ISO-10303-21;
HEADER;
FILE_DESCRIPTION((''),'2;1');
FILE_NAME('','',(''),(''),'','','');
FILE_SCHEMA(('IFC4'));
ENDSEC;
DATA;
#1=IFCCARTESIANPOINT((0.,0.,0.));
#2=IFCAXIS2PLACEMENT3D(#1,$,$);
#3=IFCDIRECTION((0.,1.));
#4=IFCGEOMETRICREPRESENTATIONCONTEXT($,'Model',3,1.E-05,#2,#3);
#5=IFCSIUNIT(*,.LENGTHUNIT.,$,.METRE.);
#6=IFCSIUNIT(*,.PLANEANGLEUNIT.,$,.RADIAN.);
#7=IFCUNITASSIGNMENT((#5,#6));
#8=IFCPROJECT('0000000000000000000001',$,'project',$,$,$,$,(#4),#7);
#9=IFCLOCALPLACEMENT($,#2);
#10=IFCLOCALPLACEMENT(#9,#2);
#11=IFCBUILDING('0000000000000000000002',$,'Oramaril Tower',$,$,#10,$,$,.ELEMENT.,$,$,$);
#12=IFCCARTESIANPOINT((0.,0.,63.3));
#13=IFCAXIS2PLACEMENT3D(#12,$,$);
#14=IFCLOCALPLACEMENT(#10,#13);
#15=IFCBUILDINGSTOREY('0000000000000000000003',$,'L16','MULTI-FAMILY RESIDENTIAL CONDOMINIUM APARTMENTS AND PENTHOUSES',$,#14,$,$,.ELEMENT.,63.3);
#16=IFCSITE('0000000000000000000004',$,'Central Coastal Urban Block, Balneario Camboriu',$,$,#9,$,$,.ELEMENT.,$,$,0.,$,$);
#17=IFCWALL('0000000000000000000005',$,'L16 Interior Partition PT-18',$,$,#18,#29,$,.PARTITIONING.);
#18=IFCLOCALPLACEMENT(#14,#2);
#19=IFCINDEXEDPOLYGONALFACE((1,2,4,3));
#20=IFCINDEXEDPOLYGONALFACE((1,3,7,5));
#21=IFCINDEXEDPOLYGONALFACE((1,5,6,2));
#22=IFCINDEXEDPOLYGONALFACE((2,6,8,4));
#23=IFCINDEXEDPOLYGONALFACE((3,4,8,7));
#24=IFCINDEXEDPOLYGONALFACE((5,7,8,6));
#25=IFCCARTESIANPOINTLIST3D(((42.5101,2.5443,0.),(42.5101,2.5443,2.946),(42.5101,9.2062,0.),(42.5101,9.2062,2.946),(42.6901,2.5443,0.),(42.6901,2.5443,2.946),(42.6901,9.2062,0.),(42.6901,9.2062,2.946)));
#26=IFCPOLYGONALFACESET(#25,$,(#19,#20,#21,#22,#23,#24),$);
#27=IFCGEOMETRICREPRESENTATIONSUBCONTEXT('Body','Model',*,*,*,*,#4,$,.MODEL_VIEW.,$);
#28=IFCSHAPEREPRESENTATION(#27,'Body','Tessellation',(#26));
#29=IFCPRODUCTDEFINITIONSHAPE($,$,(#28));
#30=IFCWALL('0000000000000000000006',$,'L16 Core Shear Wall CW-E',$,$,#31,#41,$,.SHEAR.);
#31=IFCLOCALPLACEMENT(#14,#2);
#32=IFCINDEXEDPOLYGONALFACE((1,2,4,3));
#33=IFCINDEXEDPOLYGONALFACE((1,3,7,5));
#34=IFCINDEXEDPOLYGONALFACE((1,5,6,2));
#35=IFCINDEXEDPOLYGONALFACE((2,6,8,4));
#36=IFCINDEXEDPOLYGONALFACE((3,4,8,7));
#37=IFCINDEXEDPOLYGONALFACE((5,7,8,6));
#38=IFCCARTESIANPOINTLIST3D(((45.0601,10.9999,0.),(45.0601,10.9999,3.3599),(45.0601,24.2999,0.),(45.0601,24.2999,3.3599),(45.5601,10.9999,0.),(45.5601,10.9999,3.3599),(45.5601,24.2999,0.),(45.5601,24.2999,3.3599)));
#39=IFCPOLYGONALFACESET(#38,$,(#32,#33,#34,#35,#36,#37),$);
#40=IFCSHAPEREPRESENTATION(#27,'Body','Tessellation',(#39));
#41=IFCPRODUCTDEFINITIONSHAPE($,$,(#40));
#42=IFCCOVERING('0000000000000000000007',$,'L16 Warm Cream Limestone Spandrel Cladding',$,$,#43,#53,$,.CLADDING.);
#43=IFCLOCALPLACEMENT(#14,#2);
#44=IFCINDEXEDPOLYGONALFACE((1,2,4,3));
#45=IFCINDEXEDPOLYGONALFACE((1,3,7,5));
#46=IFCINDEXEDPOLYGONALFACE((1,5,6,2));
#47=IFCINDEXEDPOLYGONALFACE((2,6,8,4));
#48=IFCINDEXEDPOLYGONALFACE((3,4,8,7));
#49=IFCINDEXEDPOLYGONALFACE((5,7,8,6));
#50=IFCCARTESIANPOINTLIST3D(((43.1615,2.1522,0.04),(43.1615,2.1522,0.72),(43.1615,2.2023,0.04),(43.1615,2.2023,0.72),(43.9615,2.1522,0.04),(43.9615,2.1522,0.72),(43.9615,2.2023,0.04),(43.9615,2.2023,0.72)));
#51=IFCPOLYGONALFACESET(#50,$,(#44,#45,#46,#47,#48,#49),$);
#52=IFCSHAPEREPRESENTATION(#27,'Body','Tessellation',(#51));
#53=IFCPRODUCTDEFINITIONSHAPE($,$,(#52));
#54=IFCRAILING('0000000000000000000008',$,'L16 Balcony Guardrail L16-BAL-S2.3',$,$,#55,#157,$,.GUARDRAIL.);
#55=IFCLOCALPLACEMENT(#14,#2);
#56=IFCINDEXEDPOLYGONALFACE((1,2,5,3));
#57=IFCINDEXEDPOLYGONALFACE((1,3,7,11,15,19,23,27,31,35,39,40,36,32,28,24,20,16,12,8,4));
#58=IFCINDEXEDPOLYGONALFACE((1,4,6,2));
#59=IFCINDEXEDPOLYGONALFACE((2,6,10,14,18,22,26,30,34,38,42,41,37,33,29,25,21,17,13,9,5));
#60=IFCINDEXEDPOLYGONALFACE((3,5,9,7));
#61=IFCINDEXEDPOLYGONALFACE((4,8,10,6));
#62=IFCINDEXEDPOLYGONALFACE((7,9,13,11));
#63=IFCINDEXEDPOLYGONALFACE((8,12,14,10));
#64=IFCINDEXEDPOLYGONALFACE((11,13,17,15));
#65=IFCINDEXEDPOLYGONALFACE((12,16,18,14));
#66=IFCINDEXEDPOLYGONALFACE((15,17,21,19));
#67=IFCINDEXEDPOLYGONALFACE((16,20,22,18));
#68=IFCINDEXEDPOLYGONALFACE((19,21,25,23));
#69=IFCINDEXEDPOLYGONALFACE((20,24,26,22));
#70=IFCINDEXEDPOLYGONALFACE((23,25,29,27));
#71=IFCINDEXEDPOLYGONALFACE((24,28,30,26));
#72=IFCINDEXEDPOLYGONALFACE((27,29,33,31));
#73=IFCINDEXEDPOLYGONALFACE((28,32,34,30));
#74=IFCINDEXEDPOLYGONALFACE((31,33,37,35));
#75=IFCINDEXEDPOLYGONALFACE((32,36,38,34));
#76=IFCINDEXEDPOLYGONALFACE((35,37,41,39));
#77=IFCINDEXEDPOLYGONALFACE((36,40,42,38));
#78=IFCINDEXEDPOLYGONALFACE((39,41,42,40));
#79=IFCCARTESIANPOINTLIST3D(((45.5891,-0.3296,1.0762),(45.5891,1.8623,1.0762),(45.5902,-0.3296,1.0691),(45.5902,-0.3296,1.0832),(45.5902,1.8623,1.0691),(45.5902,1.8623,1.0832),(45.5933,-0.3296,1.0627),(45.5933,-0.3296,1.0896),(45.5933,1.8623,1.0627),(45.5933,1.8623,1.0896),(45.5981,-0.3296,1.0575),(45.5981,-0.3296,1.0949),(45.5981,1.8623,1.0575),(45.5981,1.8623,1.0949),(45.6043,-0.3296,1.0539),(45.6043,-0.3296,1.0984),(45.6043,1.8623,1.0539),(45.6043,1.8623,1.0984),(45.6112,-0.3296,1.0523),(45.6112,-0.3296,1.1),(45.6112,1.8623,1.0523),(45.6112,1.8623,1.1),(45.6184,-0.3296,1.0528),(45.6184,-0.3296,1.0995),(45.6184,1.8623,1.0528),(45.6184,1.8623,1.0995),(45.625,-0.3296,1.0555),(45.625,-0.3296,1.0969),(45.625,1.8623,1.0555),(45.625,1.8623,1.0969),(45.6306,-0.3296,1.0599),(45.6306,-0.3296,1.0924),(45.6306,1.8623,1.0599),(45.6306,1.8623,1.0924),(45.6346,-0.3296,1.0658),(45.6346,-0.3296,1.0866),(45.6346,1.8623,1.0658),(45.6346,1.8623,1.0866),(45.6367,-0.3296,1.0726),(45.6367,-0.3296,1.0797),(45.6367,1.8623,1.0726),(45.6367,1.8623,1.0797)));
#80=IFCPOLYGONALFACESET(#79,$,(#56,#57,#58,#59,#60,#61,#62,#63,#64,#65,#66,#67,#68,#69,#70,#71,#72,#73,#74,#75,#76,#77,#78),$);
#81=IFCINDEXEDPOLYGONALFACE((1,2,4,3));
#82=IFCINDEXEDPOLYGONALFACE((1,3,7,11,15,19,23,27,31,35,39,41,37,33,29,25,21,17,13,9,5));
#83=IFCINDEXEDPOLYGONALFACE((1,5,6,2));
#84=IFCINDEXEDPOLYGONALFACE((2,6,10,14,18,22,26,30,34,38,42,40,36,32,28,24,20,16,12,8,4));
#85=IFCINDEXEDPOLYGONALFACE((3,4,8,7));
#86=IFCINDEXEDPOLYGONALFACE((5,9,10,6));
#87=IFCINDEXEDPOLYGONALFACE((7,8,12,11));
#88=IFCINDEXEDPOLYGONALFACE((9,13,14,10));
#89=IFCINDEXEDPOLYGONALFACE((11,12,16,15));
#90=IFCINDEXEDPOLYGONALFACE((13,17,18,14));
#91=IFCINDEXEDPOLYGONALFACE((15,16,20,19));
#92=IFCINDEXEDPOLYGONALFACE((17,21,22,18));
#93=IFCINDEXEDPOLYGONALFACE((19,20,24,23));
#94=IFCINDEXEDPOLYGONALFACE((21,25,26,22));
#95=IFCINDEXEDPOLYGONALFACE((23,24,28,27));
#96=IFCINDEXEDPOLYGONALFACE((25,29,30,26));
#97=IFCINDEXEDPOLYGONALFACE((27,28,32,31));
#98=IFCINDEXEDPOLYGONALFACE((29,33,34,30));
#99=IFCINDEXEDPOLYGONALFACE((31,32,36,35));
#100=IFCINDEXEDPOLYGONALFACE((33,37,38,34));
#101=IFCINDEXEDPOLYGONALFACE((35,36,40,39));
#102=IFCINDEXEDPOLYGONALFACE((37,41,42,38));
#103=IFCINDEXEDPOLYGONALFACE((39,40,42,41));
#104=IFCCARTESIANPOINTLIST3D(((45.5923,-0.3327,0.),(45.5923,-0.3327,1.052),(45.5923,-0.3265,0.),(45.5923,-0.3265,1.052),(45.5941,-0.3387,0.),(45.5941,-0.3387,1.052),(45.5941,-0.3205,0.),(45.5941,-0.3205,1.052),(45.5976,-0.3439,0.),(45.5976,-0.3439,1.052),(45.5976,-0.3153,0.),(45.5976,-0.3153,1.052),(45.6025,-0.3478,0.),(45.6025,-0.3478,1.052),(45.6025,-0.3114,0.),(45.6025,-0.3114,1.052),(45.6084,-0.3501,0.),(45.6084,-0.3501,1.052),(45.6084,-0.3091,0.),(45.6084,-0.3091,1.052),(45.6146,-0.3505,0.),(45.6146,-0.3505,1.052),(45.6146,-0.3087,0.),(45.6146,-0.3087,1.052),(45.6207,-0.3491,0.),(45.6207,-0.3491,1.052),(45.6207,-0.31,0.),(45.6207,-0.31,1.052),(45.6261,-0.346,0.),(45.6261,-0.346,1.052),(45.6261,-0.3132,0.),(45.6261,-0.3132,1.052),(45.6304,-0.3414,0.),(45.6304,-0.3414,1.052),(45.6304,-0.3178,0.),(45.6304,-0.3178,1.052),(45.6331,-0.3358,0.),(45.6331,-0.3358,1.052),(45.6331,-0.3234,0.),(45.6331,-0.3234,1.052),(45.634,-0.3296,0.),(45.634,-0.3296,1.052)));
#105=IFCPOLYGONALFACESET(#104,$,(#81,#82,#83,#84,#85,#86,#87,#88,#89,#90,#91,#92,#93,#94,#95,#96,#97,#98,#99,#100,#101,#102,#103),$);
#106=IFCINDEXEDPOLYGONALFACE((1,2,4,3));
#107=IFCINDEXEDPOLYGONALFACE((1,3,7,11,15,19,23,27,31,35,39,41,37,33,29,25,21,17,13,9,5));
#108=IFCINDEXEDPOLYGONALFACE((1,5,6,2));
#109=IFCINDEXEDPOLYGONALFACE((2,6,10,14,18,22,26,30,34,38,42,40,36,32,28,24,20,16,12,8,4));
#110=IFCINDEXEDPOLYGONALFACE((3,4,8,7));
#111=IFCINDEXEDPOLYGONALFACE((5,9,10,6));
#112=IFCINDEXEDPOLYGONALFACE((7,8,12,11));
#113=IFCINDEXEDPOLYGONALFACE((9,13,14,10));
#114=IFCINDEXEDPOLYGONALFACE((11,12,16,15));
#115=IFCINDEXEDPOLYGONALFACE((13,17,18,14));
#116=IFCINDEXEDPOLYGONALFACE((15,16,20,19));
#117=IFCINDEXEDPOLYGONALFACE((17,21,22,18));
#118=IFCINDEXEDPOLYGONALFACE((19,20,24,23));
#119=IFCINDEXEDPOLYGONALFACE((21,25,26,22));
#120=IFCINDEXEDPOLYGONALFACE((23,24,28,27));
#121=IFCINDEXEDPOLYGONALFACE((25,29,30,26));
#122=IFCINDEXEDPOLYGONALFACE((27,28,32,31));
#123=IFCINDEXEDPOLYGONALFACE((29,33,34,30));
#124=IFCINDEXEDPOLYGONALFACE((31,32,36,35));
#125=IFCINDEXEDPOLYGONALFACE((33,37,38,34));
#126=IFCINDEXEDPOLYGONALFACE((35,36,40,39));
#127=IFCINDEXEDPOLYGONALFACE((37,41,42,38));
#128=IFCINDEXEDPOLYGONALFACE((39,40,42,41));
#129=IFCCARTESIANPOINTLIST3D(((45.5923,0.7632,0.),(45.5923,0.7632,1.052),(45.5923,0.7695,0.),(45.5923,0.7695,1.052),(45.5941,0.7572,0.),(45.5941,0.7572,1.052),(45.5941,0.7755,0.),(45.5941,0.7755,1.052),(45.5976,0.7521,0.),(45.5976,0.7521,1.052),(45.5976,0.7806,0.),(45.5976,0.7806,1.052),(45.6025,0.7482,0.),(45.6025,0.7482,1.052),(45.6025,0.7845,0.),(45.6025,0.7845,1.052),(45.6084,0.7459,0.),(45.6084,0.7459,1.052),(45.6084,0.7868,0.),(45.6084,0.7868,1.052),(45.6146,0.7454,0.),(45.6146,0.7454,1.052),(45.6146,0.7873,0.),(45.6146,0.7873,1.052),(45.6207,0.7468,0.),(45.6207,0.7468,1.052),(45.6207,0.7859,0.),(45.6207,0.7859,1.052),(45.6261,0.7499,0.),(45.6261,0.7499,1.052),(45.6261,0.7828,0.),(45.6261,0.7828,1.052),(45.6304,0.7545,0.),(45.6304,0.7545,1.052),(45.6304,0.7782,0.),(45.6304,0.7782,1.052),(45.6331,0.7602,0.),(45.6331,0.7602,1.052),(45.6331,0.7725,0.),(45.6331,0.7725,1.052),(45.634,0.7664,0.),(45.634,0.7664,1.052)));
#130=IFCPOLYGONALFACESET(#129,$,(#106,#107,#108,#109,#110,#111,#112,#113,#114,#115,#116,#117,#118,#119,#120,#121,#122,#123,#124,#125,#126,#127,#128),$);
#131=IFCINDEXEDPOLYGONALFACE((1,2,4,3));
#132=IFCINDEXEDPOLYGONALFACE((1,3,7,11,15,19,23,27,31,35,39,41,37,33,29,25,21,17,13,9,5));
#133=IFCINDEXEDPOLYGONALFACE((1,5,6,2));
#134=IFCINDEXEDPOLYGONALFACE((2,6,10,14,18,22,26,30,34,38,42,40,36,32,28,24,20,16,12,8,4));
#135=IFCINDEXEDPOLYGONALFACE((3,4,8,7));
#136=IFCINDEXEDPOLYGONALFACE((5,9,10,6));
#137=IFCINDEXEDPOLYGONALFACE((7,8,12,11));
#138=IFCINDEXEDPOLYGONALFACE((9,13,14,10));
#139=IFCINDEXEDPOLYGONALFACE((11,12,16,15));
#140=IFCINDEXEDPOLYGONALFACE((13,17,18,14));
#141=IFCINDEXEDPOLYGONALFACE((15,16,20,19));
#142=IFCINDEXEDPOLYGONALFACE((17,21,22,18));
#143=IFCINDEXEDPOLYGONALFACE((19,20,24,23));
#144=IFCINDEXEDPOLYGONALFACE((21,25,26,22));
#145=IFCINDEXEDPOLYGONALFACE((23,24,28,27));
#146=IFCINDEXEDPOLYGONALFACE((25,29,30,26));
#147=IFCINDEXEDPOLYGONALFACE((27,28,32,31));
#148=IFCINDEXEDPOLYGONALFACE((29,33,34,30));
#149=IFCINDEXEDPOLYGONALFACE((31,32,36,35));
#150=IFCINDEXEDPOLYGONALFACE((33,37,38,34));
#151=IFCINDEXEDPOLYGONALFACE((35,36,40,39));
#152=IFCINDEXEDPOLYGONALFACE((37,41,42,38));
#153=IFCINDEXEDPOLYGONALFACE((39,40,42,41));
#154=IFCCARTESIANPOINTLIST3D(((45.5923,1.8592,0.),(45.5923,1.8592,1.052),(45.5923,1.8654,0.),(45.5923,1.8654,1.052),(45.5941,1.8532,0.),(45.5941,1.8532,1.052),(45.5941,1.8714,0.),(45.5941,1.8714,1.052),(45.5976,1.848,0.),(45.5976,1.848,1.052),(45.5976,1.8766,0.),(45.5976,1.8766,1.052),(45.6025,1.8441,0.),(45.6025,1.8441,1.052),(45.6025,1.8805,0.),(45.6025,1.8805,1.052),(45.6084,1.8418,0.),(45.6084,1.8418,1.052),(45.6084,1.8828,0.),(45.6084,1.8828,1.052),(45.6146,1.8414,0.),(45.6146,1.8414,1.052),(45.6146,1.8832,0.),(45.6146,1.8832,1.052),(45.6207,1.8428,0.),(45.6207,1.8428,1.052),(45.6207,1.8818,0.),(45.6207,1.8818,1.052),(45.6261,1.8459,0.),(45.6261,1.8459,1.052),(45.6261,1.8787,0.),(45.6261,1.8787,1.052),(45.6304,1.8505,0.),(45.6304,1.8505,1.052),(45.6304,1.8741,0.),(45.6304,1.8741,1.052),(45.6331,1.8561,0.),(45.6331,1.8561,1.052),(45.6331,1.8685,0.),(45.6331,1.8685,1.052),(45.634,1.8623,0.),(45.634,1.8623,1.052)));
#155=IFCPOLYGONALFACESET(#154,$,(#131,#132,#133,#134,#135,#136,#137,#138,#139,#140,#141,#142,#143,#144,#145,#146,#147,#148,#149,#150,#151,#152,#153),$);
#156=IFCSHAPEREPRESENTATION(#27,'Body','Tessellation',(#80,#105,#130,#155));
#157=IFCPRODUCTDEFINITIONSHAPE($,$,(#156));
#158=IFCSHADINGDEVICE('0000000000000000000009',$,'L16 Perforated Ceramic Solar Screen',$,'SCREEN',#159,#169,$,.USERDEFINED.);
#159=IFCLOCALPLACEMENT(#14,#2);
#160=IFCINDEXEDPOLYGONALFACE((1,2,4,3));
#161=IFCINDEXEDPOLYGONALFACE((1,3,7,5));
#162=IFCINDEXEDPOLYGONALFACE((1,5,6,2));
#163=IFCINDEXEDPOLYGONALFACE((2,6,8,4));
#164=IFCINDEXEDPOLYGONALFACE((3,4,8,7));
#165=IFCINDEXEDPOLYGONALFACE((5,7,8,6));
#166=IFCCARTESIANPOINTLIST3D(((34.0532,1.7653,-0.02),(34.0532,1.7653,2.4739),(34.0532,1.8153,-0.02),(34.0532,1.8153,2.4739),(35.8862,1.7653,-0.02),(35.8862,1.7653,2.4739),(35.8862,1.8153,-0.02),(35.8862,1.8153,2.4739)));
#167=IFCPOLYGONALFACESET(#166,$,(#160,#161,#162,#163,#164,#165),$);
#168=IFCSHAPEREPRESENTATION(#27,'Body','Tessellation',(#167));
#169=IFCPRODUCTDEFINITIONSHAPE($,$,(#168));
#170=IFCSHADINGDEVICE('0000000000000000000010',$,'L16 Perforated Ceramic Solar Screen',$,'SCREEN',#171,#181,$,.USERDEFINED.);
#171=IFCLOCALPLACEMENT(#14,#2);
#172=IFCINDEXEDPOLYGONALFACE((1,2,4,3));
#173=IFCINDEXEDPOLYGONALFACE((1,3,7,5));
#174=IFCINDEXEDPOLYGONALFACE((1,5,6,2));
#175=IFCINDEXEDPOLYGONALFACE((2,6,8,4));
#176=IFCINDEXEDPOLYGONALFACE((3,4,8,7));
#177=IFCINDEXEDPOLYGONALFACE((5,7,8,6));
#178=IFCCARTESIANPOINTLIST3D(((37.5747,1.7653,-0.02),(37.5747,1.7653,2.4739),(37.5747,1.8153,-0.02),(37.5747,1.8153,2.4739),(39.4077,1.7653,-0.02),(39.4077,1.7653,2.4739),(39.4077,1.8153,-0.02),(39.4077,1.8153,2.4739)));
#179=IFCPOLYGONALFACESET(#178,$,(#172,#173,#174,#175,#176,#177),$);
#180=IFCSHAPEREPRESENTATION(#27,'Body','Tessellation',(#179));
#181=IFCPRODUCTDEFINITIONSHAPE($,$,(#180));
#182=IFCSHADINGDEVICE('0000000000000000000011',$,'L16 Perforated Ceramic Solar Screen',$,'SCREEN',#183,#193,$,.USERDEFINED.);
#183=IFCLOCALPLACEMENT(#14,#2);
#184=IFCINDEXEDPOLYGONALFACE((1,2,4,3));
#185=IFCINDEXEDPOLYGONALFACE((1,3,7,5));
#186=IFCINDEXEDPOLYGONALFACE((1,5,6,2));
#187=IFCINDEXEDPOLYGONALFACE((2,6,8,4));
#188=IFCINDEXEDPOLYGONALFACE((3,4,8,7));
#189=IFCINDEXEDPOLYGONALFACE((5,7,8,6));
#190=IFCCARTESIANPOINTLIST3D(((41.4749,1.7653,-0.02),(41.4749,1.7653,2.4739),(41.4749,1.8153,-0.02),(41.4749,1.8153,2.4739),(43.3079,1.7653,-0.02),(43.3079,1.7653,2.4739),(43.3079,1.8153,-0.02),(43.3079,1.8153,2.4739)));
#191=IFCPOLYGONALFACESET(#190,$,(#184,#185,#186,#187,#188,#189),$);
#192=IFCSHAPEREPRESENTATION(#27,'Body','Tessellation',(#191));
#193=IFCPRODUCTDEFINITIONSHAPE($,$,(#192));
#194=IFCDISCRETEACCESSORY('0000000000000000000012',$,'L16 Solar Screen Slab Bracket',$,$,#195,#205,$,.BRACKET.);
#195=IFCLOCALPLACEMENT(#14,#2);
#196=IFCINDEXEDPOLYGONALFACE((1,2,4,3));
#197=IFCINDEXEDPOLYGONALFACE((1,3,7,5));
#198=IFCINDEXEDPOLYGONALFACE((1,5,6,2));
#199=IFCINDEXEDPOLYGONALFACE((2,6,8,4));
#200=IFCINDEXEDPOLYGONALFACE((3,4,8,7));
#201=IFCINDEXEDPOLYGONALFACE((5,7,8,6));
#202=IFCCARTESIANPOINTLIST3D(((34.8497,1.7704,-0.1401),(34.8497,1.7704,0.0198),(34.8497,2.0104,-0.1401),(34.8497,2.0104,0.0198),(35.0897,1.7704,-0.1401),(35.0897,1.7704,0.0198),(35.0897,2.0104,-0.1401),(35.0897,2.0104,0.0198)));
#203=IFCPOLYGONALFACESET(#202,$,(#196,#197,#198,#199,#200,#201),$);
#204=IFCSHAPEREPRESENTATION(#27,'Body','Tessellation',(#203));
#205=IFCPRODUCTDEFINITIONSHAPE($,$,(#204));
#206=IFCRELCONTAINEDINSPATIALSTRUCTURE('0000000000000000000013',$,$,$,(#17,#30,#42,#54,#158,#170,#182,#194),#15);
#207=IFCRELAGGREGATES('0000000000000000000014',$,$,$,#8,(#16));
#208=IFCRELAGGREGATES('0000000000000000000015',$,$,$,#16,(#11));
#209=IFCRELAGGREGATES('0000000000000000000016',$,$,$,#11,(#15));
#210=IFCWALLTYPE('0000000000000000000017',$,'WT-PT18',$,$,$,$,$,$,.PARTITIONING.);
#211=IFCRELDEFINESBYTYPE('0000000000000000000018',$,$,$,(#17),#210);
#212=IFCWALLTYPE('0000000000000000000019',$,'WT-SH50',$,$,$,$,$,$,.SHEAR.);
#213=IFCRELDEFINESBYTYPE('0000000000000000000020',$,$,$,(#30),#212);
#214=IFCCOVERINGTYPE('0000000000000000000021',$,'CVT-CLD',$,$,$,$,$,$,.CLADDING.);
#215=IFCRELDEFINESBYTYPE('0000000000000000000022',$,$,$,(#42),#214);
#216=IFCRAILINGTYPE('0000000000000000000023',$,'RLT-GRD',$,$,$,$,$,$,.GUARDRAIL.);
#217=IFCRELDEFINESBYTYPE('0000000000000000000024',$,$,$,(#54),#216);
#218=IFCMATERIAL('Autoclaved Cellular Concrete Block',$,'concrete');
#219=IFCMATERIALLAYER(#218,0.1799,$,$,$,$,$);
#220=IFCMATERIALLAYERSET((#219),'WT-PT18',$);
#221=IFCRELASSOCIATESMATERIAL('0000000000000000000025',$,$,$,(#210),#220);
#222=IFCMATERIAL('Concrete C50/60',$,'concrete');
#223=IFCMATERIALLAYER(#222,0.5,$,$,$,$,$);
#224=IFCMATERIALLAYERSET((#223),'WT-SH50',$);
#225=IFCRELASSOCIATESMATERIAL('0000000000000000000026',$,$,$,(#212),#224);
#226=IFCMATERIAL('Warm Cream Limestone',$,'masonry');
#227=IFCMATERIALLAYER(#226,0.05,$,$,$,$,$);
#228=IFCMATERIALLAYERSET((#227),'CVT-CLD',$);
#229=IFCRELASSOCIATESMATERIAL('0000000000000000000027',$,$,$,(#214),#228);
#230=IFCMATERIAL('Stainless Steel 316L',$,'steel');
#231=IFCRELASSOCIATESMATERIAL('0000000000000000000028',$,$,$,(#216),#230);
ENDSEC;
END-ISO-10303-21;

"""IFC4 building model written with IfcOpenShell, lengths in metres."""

from ifc_helpers import new_model, si_unit, direction, frame, frame_2d, origin, origin_2d, place, context, subcontext, project, spatial, rectangle, circle, extrude, material, layer, layer_set, type_object, element, save


model = new_model("IFC4")

# Units and contexts
model_context = context("Model", 3, precision=1e-05, world=origin(), true_north=direction((0.0, 1.0)))
body_context = subcontext(model_context, "Body", "Model", "MODEL_VIEW")
ifc_project = project(units=[si_unit("LENGTHUNIT", "METRE"), si_unit("PLANEANGLEUNIT", "RADIAN")], contexts=[model_context])

# Site, building, storey
site_placement = place(None, origin())
site = spatial("IfcSite", under=ifc_project, at=site_placement, Name="Central Coastal Urban Block, Balneario Camboriu", CompositionType="ELEMENT", RefElevation=0.0)
building_placement = place(site_placement, origin())
building = spatial("IfcBuilding", under=site, at=building_placement, Name="Oramaril Tower", CompositionType="ELEMENT")
storey_placement = place(building_placement, frame((0.0, 0.0, 63.3)))
storey = spatial("IfcBuildingStorey", under=building, at=storey_placement, Name="L16", Description="MULTI-FAMILY RESIDENTIAL CONDOMINIUM APARTMENTS AND PENTHOUSES", CompositionType="ELEMENT", Elevation=63.3)

# Walls
ifc_material_1 = material(Name="Autoclaved Cellular Concrete Block", Category="concrete")
ifc_layer_1 = layer(ifc_material_1, 0.1799)
ifc_layer_set_1 = layer_set([ifc_layer_1], Name="WT-PT18")
wall_type_1 = type_object("IfcWallType", Name="WT-PT18", PredefinedType="PARTITIONING", material=ifc_layer_set_1)
wall_1_placement = place(storey_placement, frame((42.6001, 2.5442, 0.0), z_axis=(0.0, 0.0, 1.0), x_axis=(0.0, 1.0, 0.0)))
element("IfcWall", 1, at=wall_1_placement, inside=storey, type_object=wall_type_1, Name="L16 Interior Partition PT-18", PredefinedType="PARTITIONING", context=body_context, shape_type="SweptSolid", body=[
    extrude(rectangle(XDim=6.6619, YDim=0.1799, at=frame_2d((3.3311, 0.0))), origin(), (0.0, 0.0, 1.0), 2.946),
])
ifc_material_2 = material(Name="Concrete C50/60", Category="concrete")
ifc_layer_2 = layer(ifc_material_2, 0.5)
ifc_layer_set_2 = layer_set([ifc_layer_2], Name="WT-SH50")
wall_type_2 = type_object("IfcWallType", Name="WT-SH50", PredefinedType="SHEAR", material=ifc_layer_set_2)
wall_2_placement = place(storey_placement, frame((45.3101, 11.0, 0.0), z_axis=(0.0, 0.0, 1.0), x_axis=(0.0, 1.0, 0.0)))
element("IfcWall", 2, at=wall_2_placement, inside=storey, type_object=wall_type_2, Name="L16 Core Shear Wall CW-E", PredefinedType="SHEAR", context=body_context, shape_type="SweptSolid", body=[
    extrude(rectangle(XDim=13.3, YDim=0.5, at=frame_2d((6.6499, 0.0))), origin(), (0.0, 0.0, 1.0), 3.3599),
])

# Covering
ifc_material_3 = material(Name="Warm Cream Limestone", Category="masonry")
ifc_layer_3 = layer(ifc_material_3, 0.05)
ifc_layer_set_3 = layer_set([ifc_layer_3], Name="CVT-CLD")
covering_type = type_object("IfcCoveringType", Name="CVT-CLD", PredefinedType="CLADDING", material=ifc_layer_set_3)
covering_placement = place(storey_placement, frame((43.5615, 2.1772, 0.04), z_axis=(0.0, 0.0, 1.0), x_axis=(1.0, 0.0, 0.0)))
element("IfcCovering", 3, at=covering_placement, inside=storey, type_object=covering_type, Name="L16 Warm Cream Limestone Spandrel Cladding", PredefinedType="CLADDING", context=body_context, shape_type="SweptSolid", body=[
    extrude(rectangle(XDim=0.8, YDim=0.05, at=origin_2d()), origin(), (0.0, 0.0, 1.0), 0.6799),
])

# Railing
ifc_material_4 = material(Name="Stainless Steel 316L", Category="steel")
railing_type = type_object("IfcRailingType", Name="RLT-GRD", PredefinedType="GUARDRAIL", material=ifc_material_4)
railing_placement = place(storey_placement, frame((45.613, -0.3296, 0.0)))
element("IfcRailing", 4, at=railing_placement, inside=storey, type_object=railing_type, Name="L16 Balcony Guardrail L16-BAL-S2.3", PredefinedType="GUARDRAIL", context=body_context, shape_type="SweptSolid", body=[
    extrude(circle(Radius=0.0239, at=origin_2d()), frame((0.0, 0.0, 1.0762), z_axis=(0.0, 1.0, 0.0), x_axis=(-1.0, 0.0, 0.0)), (0.0, 0.0, 1.0), 2.1919),
    extrude(circle(Radius=0.021, at=origin_2d()), origin(), (0.0, 0.0, 1.0), 1.052),
    extrude(circle(Radius=0.021, at=origin_2d()), frame((0.0, 1.0959, 0.0)), (0.0, 0.0, 1.0), 1.052),
    extrude(circle(Radius=0.021, at=origin_2d()), frame((0.0, 2.1919, 0.0)), (0.0, 0.0, 1.0), 1.052),
])

# Shading devices
for number, where, z_axis, x_axis, name in (
    (5, (34.9697, 1.7903, -0.02), (0.0, 0.0, 1.0), (1.0, 0.0, 0.0), "L16 Perforated Ceramic Solar Screen"),
    (6, (38.4912, 1.7903, -0.02), (0.0, 0.0, 1.0), (1.0, 0.0, 0.0), "L16 Perforated Ceramic Solar Screen"),
    (7, (42.3914, 1.7903, -0.02), (0.0, 0.0, 1.0), (1.0, 0.0, 0.0), "L16 Perforated Ceramic Solar Screen"),
):
    element("IfcShadingDevice", number, at=place(storey_placement, frame(where, z_axis=z_axis, x_axis=x_axis)), inside=storey, Name=name, ObjectType="SCREEN", PredefinedType="USERDEFINED", context=body_context, shape_type="SweptSolid", body=[
        extrude(rectangle(XDim=1.833, YDim=0.05, at=origin_2d()), origin(), (0.0, 0.0, 1.0), 2.4939),
    ])

# Discrete accessory
for number, where, z_axis, x_axis, name in (
    (8, (34.9697, 1.8904, -0.1401), (0.0, 0.0, 1.0), (1.0, 0.0, 0.0), "L16 Solar Screen Slab Bracket"),
):
    element("IfcDiscreteAccessory", number, at=place(storey_placement, frame(where, z_axis=z_axis, x_axis=x_axis)), inside=storey, Name=name, PredefinedType="BRACKET", context=body_context, shape_type="SweptSolid", body=[
        extrude(rectangle(XDim=0.24, YDim=0.24, at=origin_2d()), origin(), (0.0, 0.0, 1.0), 0.1599),
    ])

save(model, "model.ifc")
